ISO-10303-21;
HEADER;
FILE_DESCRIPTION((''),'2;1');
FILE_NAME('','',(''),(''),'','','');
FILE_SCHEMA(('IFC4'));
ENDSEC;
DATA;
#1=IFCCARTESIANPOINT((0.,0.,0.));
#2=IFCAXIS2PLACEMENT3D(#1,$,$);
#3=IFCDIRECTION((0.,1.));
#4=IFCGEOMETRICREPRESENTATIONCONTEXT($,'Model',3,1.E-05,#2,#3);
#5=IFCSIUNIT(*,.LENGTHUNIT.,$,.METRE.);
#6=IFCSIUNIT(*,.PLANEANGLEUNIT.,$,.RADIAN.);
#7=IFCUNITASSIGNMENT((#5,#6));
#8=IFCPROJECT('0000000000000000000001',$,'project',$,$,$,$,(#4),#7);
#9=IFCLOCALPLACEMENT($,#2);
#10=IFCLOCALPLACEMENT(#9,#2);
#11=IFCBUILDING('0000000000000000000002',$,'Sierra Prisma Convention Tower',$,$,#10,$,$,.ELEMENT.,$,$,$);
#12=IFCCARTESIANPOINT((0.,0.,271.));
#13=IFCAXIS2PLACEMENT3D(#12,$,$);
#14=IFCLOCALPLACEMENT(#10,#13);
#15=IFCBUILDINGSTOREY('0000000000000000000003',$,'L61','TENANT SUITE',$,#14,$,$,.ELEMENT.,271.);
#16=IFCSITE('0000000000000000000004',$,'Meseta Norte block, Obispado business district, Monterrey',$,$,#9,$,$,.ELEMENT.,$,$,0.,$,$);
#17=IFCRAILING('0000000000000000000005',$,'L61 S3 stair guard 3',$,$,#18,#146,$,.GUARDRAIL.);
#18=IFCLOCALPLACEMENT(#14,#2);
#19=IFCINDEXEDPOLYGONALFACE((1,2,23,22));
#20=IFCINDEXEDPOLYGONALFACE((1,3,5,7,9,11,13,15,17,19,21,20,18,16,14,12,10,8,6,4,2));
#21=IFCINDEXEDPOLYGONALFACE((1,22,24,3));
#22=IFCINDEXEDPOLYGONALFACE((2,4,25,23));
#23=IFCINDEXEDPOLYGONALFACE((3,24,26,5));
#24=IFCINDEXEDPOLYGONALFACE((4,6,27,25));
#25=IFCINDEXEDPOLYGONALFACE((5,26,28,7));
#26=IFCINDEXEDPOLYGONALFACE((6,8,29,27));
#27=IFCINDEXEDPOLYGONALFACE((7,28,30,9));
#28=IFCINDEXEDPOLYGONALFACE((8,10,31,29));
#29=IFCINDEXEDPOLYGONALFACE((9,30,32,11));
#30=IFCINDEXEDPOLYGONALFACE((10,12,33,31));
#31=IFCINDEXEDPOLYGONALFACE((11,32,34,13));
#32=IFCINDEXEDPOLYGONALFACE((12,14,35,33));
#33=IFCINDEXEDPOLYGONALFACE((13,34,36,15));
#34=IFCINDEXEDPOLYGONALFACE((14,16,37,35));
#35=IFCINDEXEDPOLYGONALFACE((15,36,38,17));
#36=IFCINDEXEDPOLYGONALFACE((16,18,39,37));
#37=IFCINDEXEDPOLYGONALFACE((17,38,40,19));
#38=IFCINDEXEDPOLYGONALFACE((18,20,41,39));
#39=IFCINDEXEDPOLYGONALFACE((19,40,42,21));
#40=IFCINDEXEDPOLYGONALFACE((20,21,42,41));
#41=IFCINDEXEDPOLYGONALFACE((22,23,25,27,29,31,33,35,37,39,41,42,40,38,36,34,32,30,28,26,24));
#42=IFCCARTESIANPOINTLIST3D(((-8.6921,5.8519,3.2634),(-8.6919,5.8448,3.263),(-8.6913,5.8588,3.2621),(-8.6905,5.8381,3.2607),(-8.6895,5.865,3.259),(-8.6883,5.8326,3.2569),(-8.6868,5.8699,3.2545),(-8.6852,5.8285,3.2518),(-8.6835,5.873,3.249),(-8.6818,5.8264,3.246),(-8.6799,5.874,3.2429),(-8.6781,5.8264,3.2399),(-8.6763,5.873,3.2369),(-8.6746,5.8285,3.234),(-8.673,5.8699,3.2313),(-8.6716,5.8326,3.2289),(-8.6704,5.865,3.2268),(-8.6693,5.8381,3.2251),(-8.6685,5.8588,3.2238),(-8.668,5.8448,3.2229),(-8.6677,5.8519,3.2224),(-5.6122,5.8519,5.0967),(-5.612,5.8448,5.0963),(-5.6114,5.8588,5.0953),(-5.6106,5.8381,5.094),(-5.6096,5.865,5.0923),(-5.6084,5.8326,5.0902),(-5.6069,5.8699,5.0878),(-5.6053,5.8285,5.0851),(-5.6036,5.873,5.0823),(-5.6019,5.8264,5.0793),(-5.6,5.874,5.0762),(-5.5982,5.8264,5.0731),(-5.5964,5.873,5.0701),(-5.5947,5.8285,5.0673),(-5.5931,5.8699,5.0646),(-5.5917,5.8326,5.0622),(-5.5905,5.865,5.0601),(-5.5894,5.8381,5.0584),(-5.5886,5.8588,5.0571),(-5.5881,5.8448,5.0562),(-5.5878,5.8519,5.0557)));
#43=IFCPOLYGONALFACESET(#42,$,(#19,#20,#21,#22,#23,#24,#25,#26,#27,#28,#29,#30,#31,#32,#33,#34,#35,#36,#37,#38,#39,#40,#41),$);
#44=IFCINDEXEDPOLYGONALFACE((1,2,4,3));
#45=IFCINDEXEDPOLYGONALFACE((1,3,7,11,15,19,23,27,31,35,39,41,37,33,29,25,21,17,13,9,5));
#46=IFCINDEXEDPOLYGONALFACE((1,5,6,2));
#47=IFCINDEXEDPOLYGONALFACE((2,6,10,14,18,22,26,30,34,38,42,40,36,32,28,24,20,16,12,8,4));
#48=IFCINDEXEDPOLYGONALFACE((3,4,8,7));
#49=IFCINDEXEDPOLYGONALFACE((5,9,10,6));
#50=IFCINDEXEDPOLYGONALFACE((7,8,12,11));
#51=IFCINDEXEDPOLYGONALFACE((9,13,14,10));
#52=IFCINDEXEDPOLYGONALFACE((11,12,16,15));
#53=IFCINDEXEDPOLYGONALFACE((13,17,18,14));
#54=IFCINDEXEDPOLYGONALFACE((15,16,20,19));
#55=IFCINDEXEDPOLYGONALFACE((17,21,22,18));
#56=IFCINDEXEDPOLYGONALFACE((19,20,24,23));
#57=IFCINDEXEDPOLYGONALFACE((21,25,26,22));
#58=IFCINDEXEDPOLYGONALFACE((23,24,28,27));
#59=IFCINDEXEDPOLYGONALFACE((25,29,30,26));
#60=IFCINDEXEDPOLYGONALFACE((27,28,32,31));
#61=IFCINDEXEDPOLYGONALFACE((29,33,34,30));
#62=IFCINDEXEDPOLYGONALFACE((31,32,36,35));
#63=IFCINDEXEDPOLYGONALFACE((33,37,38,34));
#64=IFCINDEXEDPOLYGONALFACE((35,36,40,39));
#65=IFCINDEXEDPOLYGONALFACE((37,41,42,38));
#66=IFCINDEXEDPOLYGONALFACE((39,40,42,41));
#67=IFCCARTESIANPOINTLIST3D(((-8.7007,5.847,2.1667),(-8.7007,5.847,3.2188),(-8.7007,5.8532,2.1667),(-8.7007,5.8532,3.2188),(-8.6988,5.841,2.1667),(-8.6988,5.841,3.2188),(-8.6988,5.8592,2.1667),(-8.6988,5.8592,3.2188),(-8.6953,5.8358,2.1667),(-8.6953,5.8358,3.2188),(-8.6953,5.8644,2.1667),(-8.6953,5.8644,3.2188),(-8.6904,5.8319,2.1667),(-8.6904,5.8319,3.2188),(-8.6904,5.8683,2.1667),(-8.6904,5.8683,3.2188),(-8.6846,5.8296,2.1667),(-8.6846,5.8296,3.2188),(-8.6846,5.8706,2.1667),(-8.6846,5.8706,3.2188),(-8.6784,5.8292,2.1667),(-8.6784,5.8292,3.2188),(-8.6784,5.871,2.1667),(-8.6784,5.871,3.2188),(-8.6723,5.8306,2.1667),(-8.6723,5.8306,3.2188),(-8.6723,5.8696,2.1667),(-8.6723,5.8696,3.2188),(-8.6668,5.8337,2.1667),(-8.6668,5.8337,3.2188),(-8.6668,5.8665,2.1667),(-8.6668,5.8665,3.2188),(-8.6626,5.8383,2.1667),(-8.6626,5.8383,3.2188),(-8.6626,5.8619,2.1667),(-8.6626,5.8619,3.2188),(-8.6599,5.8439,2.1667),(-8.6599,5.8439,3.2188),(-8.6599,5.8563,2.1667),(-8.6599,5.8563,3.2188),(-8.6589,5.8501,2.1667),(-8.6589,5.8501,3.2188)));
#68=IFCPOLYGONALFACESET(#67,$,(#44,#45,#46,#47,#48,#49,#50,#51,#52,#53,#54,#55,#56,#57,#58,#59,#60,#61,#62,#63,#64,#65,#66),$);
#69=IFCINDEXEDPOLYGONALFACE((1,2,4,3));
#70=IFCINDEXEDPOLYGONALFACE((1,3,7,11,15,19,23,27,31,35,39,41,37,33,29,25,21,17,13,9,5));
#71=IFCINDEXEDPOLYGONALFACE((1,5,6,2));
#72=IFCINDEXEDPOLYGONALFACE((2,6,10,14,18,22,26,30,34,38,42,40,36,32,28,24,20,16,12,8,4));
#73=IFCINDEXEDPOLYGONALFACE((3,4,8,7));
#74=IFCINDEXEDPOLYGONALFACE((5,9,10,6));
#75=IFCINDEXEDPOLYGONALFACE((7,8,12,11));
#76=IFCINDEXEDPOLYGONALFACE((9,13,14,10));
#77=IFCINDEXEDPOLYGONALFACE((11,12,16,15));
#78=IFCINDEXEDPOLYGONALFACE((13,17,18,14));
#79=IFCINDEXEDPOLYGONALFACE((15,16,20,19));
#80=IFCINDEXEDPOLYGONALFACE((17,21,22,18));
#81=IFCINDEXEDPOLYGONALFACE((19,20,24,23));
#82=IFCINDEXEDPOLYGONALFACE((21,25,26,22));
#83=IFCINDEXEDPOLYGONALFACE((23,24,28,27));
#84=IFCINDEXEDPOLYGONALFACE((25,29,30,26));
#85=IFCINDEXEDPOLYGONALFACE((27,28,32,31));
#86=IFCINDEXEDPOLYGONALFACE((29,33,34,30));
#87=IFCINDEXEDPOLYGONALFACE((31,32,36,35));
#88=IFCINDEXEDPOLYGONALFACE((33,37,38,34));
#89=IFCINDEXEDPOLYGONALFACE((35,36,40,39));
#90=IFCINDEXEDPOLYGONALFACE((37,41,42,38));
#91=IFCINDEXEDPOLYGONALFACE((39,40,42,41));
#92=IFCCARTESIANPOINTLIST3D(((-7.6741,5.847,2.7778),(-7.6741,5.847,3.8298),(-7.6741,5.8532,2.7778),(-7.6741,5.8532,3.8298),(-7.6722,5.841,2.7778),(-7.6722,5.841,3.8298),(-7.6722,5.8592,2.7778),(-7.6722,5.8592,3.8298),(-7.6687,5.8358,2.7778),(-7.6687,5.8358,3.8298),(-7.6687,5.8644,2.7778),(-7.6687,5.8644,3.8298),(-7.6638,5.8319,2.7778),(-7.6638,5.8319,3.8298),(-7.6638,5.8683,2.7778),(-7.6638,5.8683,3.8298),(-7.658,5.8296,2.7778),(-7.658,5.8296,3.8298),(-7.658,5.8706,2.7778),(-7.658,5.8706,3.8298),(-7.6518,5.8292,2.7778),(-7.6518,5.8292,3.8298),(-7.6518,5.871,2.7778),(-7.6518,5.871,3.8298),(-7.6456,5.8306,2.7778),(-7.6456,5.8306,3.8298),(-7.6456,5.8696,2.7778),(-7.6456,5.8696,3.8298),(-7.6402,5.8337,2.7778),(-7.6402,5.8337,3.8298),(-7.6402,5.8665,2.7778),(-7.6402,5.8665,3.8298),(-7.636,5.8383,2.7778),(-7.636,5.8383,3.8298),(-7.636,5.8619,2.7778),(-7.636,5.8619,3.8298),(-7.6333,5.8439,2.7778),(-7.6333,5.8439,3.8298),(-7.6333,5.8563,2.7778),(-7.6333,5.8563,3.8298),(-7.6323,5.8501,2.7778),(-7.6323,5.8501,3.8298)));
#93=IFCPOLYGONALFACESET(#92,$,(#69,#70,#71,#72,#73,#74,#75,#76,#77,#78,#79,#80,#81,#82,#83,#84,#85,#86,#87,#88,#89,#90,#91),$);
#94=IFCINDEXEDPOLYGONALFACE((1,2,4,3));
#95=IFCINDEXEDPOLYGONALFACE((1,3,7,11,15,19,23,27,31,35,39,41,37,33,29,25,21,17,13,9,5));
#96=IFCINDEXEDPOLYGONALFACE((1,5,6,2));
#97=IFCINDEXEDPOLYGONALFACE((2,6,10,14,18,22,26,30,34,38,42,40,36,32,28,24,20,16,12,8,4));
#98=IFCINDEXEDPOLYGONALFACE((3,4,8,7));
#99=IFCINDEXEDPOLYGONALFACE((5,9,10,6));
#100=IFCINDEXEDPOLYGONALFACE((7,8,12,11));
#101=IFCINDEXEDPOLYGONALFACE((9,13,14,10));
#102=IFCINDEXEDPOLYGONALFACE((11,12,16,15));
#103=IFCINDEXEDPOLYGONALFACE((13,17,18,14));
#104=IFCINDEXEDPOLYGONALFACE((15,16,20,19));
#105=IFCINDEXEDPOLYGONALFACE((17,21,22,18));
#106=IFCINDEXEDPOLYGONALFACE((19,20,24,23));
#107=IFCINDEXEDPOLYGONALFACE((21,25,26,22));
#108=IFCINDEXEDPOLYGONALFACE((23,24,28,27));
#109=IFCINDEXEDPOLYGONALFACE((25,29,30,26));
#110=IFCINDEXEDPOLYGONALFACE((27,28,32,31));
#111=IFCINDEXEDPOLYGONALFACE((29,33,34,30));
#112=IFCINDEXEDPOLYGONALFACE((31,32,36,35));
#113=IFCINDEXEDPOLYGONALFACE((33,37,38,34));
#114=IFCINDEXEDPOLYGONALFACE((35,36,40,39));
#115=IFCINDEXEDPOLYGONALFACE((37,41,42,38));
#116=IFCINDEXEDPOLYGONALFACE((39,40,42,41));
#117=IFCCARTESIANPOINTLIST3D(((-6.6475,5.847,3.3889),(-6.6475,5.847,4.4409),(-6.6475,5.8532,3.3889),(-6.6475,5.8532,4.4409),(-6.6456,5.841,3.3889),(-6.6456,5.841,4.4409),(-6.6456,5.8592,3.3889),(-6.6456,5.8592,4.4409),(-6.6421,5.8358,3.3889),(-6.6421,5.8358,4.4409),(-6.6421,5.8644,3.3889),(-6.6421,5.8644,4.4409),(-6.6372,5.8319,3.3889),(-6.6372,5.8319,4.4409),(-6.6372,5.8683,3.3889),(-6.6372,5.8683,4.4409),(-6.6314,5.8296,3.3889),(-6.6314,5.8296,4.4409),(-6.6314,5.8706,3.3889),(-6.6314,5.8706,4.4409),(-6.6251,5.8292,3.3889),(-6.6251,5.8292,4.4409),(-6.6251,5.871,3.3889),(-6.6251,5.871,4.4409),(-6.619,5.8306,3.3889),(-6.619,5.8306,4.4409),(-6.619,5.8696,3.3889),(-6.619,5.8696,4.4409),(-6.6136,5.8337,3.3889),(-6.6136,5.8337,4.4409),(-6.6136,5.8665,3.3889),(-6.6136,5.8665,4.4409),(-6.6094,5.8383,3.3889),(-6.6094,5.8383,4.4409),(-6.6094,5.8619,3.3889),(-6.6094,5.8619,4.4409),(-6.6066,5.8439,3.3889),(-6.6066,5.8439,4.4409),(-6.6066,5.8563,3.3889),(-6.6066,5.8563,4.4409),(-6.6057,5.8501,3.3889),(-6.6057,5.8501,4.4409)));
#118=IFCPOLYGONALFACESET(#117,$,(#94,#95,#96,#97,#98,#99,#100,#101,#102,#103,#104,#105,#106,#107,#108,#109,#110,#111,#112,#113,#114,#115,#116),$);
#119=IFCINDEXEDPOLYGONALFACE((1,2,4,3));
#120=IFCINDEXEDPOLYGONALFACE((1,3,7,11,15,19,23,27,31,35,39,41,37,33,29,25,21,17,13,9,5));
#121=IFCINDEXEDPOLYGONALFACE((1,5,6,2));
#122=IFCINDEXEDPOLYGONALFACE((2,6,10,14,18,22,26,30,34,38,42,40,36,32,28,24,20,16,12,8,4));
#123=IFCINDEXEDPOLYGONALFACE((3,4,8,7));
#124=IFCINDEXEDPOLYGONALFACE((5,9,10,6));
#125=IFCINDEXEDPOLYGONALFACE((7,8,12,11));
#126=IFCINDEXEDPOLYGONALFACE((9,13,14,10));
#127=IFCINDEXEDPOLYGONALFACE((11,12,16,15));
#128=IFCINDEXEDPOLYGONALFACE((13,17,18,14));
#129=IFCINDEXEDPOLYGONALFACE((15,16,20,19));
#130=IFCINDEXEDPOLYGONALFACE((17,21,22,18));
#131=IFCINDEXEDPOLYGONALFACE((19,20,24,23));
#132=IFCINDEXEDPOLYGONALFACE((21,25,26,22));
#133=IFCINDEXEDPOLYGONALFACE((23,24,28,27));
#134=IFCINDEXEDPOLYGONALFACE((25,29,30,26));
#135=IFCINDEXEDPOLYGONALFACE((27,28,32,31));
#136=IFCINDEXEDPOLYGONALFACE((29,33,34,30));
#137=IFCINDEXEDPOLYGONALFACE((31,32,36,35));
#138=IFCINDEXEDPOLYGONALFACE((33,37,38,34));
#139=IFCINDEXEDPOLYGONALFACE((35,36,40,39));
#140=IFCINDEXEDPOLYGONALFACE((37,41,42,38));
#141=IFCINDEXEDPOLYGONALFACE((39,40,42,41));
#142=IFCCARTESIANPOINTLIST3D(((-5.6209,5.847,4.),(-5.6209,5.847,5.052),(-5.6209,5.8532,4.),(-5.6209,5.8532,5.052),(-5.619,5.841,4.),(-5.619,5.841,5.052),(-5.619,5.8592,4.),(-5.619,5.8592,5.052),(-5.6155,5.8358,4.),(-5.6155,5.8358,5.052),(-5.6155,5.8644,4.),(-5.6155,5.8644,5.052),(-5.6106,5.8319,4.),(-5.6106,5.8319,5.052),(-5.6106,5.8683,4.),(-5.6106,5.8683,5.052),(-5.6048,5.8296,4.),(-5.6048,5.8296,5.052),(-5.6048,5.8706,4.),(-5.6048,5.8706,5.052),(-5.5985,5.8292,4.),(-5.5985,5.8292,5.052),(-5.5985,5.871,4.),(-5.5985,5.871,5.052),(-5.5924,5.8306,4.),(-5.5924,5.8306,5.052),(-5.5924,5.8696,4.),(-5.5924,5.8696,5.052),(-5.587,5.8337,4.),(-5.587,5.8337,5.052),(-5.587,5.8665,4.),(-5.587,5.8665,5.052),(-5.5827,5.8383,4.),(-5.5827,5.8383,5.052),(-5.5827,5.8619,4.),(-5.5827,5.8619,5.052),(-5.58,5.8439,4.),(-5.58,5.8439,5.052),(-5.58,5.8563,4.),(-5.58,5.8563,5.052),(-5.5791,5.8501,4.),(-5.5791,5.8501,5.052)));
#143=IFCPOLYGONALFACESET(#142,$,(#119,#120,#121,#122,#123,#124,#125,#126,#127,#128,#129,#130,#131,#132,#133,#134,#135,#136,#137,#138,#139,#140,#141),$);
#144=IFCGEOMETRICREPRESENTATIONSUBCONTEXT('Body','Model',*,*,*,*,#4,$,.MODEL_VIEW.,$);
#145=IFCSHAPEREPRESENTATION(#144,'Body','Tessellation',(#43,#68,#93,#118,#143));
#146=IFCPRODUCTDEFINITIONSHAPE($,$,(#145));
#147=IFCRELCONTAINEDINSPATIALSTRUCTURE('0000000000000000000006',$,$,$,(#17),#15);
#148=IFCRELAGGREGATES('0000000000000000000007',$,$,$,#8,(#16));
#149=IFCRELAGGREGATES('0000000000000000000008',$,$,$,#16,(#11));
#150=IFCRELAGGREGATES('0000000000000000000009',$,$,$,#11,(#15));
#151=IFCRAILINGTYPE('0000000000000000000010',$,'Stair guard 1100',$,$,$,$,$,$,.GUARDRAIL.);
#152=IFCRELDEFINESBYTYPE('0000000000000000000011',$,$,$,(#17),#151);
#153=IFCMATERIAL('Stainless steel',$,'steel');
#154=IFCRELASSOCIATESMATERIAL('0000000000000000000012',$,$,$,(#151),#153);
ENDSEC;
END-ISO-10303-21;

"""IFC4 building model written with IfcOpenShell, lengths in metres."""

from ifc_helpers import new_model, si_unit, direction, frame, origin, origin_2d, place, context, subcontext, project, spatial, circle, extrude, material, type_object, element, save


model = new_model("IFC4")

# Units and contexts
model_context = context("Model", 3, precision=1e-05, world=origin(), true_north=direction((0.0, 1.0)))
body_context = subcontext(model_context, "Body", "Model", "MODEL_VIEW")
ifc_project = project(units=[si_unit("LENGTHUNIT", "METRE"), si_unit("PLANEANGLEUNIT", "RADIAN")], contexts=[model_context])

# Site, building, storey
site_placement = place(None, origin())
site = spatial("IfcSite", under=ifc_project, at=site_placement, Name="Meseta Norte block, Obispado business district, Monterrey", CompositionType="ELEMENT", RefElevation=0.0)
building_placement = place(site_placement, origin())
building = spatial("IfcBuilding", under=site, at=building_placement, Name="Sierra Prisma Convention Tower", CompositionType="ELEMENT")
storey_placement = place(building_placement, frame((0.0, 0.0, 271.0)))
storey = spatial("IfcBuildingStorey", under=building, at=storey_placement, Name="L61", Description="TENANT SUITE", CompositionType="ELEMENT", Elevation=271.0)

# Railing
ifc_material_1 = material(Name="Stainless steel", Category="steel")
railing_type_1 = type_object("IfcRailingType", Name="Stair guard 1100", PredefinedType="GUARDRAIL", material=ifc_material_1)
railing_1_placement = place(storey_placement, frame((-8.6799, 5.8501, 2.1667)))
element("IfcRailing", 1, at=railing_1_placement, inside=storey, type_object=railing_type_1, Name="L61 S3 stair guard 3", PredefinedType="GUARDRAIL", context=body_context, shape_type="SweptSolid", body=[
    extrude(circle(Radius=0.0239, at=origin_2d()), frame((0.0, 0.0, 1.0762), z_axis=(0.859291, 0.0, 0.511487), x_axis=(0.0, 1.0, 0.0)), (0.0, 0.0, 1.0), 3.5842),
    extrude(circle(Radius=0.021, at=origin_2d()), origin(), (0.0, 0.0, 1.0), 1.052),
    extrude(circle(Radius=0.021, at=origin_2d()), frame((1.0266, 0.0, 0.6111)), (0.0, 0.0, 1.0), 1.052),
    extrude(circle(Radius=0.021, at=origin_2d()), frame((2.0532, 0.0, 1.2222)), (0.0, 0.0, 1.0), 1.052),
    extrude(circle(Radius=0.021, at=origin_2d()), frame((3.0798, 0.0, 1.8333)), (0.0, 0.0, 1.0), 1.052),
])

save(model, "model.ifc")
